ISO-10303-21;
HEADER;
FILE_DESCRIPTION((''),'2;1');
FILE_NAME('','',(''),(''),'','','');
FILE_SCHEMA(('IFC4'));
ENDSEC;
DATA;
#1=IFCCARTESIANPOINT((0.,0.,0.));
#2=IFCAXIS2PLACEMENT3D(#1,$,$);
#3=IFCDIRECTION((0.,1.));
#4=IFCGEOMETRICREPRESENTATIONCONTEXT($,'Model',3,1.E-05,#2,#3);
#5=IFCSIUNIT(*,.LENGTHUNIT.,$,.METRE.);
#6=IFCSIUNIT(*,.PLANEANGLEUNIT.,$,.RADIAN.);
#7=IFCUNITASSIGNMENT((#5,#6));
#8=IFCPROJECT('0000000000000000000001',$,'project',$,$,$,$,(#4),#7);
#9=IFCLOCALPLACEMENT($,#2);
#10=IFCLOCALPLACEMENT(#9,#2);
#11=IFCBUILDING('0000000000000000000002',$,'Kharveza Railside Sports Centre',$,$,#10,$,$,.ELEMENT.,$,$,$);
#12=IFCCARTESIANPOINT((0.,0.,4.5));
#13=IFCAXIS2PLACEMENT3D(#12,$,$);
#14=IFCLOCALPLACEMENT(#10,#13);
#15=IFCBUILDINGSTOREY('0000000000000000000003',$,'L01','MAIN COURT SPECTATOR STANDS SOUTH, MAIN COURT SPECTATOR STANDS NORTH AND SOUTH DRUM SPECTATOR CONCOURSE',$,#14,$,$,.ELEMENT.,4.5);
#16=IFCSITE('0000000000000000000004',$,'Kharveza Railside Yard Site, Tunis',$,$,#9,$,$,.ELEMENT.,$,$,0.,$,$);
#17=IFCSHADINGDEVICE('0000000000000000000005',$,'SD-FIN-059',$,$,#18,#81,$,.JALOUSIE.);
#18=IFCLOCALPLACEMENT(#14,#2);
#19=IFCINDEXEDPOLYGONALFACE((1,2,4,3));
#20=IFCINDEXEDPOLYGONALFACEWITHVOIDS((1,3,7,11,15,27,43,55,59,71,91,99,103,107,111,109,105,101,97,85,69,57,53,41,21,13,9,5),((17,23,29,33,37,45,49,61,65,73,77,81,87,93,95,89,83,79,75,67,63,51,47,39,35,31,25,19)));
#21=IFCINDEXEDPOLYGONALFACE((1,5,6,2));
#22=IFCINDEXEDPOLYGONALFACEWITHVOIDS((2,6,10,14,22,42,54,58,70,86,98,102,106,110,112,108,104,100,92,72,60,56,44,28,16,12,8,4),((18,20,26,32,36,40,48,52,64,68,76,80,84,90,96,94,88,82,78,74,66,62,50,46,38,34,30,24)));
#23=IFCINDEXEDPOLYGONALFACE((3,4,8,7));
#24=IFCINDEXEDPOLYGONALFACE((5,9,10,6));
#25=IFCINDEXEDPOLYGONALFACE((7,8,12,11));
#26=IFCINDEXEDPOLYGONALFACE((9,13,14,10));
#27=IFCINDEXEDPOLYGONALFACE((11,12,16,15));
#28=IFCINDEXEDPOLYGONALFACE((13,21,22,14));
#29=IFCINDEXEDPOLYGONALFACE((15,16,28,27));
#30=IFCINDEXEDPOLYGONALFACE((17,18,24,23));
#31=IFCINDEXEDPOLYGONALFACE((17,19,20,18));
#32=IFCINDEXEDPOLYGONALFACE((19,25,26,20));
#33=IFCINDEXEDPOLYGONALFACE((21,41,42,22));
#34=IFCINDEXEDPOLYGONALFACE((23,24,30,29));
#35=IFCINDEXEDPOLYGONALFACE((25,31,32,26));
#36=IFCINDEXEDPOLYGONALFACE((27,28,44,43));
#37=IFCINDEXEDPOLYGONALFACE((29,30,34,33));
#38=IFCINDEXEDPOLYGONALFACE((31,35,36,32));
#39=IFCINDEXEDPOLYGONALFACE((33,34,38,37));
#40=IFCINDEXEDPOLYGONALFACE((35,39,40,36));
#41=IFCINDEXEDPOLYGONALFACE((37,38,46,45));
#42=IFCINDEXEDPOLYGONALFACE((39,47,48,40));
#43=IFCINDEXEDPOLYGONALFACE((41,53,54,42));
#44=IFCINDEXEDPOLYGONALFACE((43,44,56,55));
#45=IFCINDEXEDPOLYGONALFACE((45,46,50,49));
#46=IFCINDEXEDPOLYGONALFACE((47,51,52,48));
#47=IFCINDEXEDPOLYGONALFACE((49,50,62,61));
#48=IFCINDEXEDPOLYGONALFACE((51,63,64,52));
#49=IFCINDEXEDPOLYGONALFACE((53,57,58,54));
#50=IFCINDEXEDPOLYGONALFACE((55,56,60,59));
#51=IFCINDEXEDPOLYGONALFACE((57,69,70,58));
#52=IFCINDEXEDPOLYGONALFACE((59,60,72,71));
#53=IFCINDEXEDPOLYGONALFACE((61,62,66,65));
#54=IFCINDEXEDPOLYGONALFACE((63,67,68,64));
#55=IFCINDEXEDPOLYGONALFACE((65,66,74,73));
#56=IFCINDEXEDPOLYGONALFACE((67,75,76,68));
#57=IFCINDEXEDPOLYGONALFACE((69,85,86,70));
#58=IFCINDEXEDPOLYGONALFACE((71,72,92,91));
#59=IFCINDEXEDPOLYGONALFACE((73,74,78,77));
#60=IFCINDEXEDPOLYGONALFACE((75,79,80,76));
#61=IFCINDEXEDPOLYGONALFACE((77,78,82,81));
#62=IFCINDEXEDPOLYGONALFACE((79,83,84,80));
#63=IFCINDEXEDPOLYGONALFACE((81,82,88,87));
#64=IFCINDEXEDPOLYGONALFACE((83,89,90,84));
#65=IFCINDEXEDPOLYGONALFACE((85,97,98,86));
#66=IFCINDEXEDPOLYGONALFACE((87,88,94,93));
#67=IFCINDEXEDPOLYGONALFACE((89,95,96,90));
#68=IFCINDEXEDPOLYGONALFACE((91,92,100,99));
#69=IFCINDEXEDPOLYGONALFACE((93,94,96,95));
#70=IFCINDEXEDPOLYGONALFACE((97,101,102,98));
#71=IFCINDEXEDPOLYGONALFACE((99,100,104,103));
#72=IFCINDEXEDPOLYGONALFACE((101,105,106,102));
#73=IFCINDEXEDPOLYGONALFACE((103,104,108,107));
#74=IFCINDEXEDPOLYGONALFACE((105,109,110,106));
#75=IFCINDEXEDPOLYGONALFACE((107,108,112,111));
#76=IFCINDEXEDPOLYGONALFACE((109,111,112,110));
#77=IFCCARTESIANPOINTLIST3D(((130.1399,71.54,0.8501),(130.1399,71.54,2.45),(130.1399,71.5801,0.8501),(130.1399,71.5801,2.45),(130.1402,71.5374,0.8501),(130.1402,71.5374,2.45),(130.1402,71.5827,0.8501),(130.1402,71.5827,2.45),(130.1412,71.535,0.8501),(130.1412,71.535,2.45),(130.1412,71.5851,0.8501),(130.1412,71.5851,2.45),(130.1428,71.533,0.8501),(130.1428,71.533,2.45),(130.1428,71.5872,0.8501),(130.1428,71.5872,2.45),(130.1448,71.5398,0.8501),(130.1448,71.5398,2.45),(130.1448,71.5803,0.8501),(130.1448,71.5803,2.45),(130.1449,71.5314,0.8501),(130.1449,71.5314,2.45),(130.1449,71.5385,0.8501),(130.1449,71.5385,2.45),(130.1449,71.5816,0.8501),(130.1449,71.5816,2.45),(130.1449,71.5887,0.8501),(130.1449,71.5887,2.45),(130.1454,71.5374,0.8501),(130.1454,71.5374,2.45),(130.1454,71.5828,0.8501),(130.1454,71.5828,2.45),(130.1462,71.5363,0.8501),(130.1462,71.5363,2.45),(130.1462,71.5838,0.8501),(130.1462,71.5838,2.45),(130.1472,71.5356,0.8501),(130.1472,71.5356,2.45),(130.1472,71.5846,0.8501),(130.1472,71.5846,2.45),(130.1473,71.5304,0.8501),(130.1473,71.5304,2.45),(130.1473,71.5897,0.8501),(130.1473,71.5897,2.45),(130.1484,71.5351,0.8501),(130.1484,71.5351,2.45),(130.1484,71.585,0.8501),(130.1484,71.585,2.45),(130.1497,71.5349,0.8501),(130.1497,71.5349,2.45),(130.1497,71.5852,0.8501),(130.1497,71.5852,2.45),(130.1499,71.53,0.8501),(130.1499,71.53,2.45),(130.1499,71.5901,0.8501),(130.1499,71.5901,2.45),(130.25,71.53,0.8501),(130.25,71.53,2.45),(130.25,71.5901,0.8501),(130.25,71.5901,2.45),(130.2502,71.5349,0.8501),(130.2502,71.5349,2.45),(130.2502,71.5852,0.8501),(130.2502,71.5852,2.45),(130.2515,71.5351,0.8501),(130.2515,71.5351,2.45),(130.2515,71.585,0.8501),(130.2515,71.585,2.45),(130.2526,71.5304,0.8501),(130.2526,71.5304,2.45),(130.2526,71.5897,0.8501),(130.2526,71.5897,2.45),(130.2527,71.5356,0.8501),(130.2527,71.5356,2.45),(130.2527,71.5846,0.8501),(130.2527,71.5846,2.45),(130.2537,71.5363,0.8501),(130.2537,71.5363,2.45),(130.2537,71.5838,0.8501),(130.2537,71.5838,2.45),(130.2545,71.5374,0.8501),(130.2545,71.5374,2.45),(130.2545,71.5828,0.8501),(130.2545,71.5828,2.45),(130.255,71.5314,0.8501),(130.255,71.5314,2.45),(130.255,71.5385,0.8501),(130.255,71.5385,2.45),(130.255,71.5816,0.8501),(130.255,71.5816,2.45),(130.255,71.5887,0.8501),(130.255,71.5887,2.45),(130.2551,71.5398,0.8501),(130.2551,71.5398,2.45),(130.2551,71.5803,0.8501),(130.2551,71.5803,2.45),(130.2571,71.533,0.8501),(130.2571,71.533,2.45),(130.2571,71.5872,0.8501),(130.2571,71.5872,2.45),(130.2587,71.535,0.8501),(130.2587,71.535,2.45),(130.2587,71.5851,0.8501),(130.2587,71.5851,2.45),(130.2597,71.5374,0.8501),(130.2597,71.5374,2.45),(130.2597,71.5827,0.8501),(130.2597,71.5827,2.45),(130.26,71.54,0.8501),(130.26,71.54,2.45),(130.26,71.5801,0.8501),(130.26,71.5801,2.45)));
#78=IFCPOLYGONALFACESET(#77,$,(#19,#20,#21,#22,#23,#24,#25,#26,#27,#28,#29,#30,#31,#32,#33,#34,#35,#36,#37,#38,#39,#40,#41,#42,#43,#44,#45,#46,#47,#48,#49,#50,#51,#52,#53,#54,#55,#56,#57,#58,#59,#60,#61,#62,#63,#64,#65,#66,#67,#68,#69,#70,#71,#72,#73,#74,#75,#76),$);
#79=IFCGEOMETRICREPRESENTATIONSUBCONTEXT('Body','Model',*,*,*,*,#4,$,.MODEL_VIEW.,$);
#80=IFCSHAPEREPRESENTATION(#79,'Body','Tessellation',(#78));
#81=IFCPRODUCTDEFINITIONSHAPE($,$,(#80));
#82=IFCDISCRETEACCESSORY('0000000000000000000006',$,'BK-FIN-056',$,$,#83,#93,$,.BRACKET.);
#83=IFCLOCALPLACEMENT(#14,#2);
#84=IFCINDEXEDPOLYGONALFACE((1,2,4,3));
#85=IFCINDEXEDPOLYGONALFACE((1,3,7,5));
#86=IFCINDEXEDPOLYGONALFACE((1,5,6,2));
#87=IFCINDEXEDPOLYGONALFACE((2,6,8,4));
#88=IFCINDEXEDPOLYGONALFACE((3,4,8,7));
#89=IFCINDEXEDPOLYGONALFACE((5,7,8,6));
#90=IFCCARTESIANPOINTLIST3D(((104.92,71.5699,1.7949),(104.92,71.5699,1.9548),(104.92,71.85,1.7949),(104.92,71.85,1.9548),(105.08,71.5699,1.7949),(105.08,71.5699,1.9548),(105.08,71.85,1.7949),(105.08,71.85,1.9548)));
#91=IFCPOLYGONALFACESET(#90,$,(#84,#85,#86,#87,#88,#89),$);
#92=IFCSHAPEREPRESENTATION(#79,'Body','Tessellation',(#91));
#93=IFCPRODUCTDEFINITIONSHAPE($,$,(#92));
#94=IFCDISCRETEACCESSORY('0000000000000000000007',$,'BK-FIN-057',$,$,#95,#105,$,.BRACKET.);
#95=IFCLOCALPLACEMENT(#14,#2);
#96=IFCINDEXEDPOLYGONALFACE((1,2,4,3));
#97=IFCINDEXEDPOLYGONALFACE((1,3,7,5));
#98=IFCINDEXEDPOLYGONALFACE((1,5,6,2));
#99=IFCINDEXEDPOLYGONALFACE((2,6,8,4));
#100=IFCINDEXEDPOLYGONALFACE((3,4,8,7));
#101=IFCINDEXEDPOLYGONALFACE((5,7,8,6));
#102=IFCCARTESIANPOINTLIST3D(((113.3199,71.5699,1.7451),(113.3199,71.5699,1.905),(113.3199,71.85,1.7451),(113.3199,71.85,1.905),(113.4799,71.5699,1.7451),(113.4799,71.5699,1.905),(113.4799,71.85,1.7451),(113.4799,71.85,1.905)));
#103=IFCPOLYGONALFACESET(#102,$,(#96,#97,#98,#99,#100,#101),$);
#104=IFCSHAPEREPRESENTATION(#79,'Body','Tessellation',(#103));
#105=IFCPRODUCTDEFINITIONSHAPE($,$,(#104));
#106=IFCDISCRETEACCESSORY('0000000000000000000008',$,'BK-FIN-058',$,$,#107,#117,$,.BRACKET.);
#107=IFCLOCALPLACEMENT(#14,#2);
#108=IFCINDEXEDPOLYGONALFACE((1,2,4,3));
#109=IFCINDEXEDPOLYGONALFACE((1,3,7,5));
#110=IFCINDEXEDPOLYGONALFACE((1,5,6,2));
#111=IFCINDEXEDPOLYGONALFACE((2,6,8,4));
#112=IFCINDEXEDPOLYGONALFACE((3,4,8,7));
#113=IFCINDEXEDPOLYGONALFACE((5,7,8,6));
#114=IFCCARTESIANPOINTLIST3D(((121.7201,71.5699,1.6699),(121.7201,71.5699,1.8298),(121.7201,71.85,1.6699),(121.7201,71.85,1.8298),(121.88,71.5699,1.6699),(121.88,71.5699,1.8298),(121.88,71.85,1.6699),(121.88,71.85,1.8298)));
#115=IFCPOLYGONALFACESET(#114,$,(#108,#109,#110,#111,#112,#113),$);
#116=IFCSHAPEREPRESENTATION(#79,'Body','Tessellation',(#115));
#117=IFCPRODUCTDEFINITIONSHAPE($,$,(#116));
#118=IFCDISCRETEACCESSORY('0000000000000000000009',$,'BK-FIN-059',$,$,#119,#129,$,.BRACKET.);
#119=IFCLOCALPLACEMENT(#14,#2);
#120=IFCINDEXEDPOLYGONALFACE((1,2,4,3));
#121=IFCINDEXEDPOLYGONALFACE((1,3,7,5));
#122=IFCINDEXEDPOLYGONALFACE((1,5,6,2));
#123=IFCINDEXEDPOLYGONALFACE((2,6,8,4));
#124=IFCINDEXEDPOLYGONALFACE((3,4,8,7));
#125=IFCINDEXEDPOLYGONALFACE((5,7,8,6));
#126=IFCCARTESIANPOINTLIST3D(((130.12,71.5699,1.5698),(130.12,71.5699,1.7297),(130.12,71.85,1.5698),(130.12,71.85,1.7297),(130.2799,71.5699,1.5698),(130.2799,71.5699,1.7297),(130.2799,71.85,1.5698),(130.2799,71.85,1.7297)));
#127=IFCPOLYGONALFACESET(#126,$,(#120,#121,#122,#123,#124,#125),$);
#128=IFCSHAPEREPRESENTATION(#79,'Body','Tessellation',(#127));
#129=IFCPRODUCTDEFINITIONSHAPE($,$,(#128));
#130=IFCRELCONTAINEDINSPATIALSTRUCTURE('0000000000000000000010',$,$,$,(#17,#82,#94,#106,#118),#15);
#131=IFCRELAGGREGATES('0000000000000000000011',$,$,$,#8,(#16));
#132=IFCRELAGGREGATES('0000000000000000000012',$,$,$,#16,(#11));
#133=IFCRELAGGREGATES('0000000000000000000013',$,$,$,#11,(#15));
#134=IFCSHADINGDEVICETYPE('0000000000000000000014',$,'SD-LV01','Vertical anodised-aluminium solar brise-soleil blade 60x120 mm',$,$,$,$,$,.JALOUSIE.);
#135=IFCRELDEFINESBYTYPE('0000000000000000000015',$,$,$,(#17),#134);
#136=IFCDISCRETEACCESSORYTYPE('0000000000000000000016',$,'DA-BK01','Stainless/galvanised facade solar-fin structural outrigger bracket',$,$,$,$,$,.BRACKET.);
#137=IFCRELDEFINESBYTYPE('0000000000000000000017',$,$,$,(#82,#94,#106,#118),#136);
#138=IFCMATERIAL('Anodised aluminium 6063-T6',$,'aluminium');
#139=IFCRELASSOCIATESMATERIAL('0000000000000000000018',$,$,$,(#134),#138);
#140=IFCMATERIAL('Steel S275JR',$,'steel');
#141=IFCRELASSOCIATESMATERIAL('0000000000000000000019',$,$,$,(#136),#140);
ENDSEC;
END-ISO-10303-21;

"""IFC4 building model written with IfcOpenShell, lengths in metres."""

from ifc_helpers import new_model, si_unit, direction, frame, origin, origin_2d, place, context, subcontext, project, spatial, rectangle, hollow_rectangle, extrude, material, material_profile, profile_set, type_object, element, save


model = new_model("IFC4")

# Units and contexts
model_context = context("Model", 3, precision=1e-05, world=origin(), true_north=direction((0.0, 1.0)))
body_context = subcontext(model_context, "Body", "Model", "MODEL_VIEW")
ifc_project = project(units=[si_unit("LENGTHUNIT", "METRE"), si_unit("PLANEANGLEUNIT", "RADIAN")], contexts=[model_context])

# Site, building, storey
site_placement = place(None, origin())
site = spatial("IfcSite", under=ifc_project, at=site_placement, Name="Kharveza Railside Yard Site, Tunis", CompositionType="ELEMENT", RefElevation=0.0)
building_placement = place(site_placement, origin())
building = spatial("IfcBuilding", under=site, at=building_placement, Name="Kharveza Railside Sports Centre", CompositionType="ELEMENT")
storey_placement = place(building_placement, frame((0.0, 0.0, 4.5)))
storey = spatial("IfcBuildingStorey", under=building, at=storey_placement, Name="L01", Description="MAIN COURT SPECTATOR STANDS SOUTH, MAIN COURT SPECTATOR STANDS NORTH AND SOUTH DRUM SPECTATOR CONCOURSE", CompositionType="ELEMENT", Elevation=4.5)

# Shading device
ifc_material_1 = material(Name="Anodised aluminium 6063-T6", Category="aluminium")
ifc_material_profile_1 = material_profile(ifc_material_1, hollow_rectangle(XDim=0.0601, YDim=0.1201, WallThickness=0.0049, InnerFilletRadius=0.0049, OuterFilletRadius=0.01, at=origin_2d()), Name="RHS 60x120x5.0")
ifc_profile_set_1 = profile_set([ifc_material_profile_1], Name="Anodised aluminium 6063-T6")
shading_device_type = type_object("IfcShadingDeviceType", Name="SD-LV01", Description="Vertical anodised-aluminium solar brise-soleil blade 60x120 mm", PredefinedType="JALOUSIE", material=ifc_profile_set_1)
shading_device_1_placement = place(storey_placement, frame((130.2, 71.5601, 0.8501), z_axis=(0.0, 0.0, 1.0), x_axis=(0.0, -1.0, 0.0)))
element("IfcShadingDevice", 1, at=shading_device_1_placement, inside=storey, type_object=shading_device_type, Name="SD-FIN-059", PredefinedType="JALOUSIE", context=body_context, shape_type="SweptSolid", body=[
    extrude(hollow_rectangle(XDim=0.0601, YDim=0.1201, WallThickness=0.0049, InnerFilletRadius=0.0049, OuterFilletRadius=0.01, at=origin_2d()), origin(), (0.0, 0.0, 1.0), 1.5999),
])

# Discrete accessories
ifc_material_2 = material(Name="Steel S275JR", Category="steel")
discrete_accessory_type = type_object("IfcDiscreteAccessoryType", Name="DA-BK01", Description="Stainless/galvanised facade solar-fin structural outrigger bracket", PredefinedType="BRACKET", material=ifc_material_2)
for number, where, z_axis, x_axis, name in (
    (2, (105.0, 71.71, 1.7949), (0.0, 0.0, 1.0), (0.0, -1.0, 0.0), "BK-FIN-056"),
    (3, (113.3999, 71.71, 1.7451), (0.0, 0.0, 1.0), (0.0, -1.0, 0.0), "BK-FIN-057"),
    (4, (121.8, 71.71, 1.6699), (0.0, 0.0, 1.0), (0.0, -1.0, 0.0), "BK-FIN-058"),
    (5, (130.2, 71.71, 1.5698), (0.0, 0.0, 1.0), (0.0, -1.0, 0.0), "BK-FIN-059"),
):
    element("IfcDiscreteAccessory", number, at=place(storey_placement, frame(where, z_axis=z_axis, x_axis=x_axis)), inside=storey, type_object=discrete_accessory_type, Name=name, PredefinedType="BRACKET", context=body_context, shape_type="SweptSolid", body=[
        extrude(rectangle(XDim=0.28, YDim=0.1599, at=origin_2d()), origin(), (0.0, 0.0, 1.0), 0.1599),
    ])

save(model, "model.ifc")
